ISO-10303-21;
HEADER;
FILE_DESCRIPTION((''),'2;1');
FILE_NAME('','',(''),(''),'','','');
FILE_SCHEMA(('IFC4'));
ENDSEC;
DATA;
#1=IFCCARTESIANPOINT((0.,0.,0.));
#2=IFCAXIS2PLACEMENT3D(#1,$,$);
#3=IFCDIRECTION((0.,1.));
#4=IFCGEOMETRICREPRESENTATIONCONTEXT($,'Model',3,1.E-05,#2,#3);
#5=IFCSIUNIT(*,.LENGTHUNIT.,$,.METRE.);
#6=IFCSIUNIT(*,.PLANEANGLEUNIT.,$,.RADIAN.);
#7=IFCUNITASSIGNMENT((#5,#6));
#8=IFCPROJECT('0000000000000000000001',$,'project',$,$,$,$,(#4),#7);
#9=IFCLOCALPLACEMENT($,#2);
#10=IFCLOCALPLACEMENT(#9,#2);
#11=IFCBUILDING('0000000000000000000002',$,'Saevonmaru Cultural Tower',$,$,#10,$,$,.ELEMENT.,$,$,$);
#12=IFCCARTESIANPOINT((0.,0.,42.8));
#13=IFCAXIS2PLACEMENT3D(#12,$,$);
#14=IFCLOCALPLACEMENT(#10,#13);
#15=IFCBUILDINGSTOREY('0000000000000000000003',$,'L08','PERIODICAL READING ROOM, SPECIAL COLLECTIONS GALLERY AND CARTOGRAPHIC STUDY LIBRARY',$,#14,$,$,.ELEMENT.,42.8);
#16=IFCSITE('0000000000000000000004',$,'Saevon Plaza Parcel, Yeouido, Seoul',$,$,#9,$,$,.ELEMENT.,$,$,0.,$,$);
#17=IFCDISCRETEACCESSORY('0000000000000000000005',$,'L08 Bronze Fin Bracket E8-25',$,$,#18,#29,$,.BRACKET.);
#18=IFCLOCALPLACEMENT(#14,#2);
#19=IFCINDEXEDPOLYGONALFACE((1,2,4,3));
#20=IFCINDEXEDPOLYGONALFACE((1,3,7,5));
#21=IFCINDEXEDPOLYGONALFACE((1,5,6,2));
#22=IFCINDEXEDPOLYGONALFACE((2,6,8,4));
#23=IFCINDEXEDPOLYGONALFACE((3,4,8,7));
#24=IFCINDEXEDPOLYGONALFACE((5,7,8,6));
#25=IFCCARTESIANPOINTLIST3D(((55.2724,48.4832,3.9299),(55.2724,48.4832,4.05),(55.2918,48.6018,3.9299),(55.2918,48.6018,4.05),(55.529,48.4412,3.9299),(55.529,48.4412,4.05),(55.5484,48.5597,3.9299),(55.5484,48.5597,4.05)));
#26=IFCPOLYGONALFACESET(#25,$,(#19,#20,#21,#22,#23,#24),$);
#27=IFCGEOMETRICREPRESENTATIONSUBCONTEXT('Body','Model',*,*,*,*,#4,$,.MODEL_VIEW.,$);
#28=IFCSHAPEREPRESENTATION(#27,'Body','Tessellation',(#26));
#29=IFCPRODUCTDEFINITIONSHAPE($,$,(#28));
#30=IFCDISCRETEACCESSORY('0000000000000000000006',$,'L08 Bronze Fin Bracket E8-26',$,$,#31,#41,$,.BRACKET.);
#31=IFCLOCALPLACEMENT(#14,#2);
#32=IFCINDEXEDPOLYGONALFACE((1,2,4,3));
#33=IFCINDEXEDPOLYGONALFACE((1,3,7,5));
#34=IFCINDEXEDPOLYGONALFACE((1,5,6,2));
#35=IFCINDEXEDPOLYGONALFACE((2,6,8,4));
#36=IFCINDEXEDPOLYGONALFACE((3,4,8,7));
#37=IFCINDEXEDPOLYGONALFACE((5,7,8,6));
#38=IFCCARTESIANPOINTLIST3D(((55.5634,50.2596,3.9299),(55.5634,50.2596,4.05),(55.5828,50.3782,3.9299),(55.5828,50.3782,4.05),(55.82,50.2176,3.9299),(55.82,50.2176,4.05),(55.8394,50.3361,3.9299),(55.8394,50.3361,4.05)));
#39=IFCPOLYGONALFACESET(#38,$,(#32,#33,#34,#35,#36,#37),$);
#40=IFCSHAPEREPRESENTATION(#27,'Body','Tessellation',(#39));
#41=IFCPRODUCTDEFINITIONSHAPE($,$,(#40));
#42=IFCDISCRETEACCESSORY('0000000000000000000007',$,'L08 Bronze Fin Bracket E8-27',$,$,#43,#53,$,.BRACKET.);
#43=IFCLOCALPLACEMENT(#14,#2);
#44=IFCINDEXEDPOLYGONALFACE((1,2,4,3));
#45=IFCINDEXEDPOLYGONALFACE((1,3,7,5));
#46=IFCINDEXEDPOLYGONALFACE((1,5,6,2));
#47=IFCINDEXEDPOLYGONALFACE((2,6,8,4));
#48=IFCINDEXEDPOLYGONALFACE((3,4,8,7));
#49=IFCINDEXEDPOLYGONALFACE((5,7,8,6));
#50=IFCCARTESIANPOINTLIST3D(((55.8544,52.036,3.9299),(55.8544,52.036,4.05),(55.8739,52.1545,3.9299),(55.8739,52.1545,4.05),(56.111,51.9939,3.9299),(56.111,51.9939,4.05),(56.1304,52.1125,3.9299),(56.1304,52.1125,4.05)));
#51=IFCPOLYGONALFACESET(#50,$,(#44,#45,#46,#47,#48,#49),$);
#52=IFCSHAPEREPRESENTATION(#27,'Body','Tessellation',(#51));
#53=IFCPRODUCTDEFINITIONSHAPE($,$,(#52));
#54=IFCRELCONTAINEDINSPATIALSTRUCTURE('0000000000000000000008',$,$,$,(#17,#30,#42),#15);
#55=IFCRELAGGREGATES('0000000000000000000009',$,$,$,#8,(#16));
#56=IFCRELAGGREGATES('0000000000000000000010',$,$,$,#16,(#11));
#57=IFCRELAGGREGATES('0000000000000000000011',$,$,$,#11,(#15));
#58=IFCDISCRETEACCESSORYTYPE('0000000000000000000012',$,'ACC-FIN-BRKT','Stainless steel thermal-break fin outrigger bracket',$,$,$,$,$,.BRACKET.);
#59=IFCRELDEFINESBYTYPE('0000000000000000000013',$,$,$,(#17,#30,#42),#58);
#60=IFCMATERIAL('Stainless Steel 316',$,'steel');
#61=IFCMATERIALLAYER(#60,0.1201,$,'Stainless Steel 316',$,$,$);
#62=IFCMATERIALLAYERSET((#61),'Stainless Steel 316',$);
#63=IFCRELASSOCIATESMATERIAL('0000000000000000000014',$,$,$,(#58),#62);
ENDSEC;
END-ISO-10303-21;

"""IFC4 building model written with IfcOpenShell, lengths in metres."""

from ifc_helpers import new_model, si_unit, direction, frame, origin, origin_2d, place, context, subcontext, project, spatial, rectangle, extrude, material, layer, layer_set, type_object, element, save


model = new_model("IFC4")

# Units and contexts
model_context = context("Model", 3, precision=1e-05, world=origin(), true_north=direction((0.0, 1.0)))
body_context = subcontext(model_context, "Body", "Model", "MODEL_VIEW")
ifc_project = project(units=[si_unit("LENGTHUNIT", "METRE"), si_unit("PLANEANGLEUNIT", "RADIAN")], contexts=[model_context])

# Site, building, storey
site_placement = place(None, origin())
site = spatial("IfcSite", under=ifc_project, at=site_placement, Name="Saevon Plaza Parcel, Yeouido, Seoul", CompositionType="ELEMENT", RefElevation=0.0)
building_placement = place(site_placement, origin())
building = spatial("IfcBuilding", under=site, at=building_placement, Name="Saevonmaru Cultural Tower", CompositionType="ELEMENT")
storey_placement = place(building_placement, frame((0.0, 0.0, 42.8)))
storey = spatial("IfcBuildingStorey", under=building, at=storey_placement, Name="L08", Description="PERIODICAL READING ROOM, SPECIAL COLLECTIONS GALLERY AND CARTOGRAPHIC STUDY LIBRARY", CompositionType="ELEMENT", Elevation=42.8)

# Discrete accessories
ifc_material_1 = material(Name="Stainless Steel 316", Category="steel")
ifc_layer_1 = layer(ifc_material_1, 0.1201, Name="Stainless Steel 316")
ifc_layer_set_1 = layer_set([ifc_layer_1], Name="Stainless Steel 316")
discrete_accessory_type = type_object("IfcDiscreteAccessoryType", Name="ACC-FIN-BRKT", Description="Stainless steel thermal-break fin outrigger bracket", PredefinedType="BRACKET", material=ifc_layer_set_1)
for number, where, z_axis, x_axis, name in (
    (1, (55.4104, 48.5215, 3.9299), (0.0, 0.0, 1.0), (0.986827, -0.161776, 0.0), "L08 Bronze Fin Bracket E8-25"),
    (2, (55.7014, 50.2979, 3.9299), (0.0, 0.0, 1.0), (0.986827, -0.161776, 0.0), "L08 Bronze Fin Bracket E8-26"),
    (3, (55.9924, 52.0742, 3.9299), (0.0, 0.0, 1.0), (0.986827, -0.161776, 0.0), "L08 Bronze Fin Bracket E8-27"),
):
    element("IfcDiscreteAccessory", number, at=place(storey_placement, frame(where, z_axis=z_axis, x_axis=x_axis)), inside=storey, type_object=discrete_accessory_type, Name=name, PredefinedType="BRACKET", context=body_context, shape_type="SweptSolid", body=[
        extrude(rectangle(XDim=0.26, YDim=0.1201, at=origin_2d()), origin(), (0.0, 0.0, 1.0), 0.1201),
    ])

save(model, "model.ifc")
